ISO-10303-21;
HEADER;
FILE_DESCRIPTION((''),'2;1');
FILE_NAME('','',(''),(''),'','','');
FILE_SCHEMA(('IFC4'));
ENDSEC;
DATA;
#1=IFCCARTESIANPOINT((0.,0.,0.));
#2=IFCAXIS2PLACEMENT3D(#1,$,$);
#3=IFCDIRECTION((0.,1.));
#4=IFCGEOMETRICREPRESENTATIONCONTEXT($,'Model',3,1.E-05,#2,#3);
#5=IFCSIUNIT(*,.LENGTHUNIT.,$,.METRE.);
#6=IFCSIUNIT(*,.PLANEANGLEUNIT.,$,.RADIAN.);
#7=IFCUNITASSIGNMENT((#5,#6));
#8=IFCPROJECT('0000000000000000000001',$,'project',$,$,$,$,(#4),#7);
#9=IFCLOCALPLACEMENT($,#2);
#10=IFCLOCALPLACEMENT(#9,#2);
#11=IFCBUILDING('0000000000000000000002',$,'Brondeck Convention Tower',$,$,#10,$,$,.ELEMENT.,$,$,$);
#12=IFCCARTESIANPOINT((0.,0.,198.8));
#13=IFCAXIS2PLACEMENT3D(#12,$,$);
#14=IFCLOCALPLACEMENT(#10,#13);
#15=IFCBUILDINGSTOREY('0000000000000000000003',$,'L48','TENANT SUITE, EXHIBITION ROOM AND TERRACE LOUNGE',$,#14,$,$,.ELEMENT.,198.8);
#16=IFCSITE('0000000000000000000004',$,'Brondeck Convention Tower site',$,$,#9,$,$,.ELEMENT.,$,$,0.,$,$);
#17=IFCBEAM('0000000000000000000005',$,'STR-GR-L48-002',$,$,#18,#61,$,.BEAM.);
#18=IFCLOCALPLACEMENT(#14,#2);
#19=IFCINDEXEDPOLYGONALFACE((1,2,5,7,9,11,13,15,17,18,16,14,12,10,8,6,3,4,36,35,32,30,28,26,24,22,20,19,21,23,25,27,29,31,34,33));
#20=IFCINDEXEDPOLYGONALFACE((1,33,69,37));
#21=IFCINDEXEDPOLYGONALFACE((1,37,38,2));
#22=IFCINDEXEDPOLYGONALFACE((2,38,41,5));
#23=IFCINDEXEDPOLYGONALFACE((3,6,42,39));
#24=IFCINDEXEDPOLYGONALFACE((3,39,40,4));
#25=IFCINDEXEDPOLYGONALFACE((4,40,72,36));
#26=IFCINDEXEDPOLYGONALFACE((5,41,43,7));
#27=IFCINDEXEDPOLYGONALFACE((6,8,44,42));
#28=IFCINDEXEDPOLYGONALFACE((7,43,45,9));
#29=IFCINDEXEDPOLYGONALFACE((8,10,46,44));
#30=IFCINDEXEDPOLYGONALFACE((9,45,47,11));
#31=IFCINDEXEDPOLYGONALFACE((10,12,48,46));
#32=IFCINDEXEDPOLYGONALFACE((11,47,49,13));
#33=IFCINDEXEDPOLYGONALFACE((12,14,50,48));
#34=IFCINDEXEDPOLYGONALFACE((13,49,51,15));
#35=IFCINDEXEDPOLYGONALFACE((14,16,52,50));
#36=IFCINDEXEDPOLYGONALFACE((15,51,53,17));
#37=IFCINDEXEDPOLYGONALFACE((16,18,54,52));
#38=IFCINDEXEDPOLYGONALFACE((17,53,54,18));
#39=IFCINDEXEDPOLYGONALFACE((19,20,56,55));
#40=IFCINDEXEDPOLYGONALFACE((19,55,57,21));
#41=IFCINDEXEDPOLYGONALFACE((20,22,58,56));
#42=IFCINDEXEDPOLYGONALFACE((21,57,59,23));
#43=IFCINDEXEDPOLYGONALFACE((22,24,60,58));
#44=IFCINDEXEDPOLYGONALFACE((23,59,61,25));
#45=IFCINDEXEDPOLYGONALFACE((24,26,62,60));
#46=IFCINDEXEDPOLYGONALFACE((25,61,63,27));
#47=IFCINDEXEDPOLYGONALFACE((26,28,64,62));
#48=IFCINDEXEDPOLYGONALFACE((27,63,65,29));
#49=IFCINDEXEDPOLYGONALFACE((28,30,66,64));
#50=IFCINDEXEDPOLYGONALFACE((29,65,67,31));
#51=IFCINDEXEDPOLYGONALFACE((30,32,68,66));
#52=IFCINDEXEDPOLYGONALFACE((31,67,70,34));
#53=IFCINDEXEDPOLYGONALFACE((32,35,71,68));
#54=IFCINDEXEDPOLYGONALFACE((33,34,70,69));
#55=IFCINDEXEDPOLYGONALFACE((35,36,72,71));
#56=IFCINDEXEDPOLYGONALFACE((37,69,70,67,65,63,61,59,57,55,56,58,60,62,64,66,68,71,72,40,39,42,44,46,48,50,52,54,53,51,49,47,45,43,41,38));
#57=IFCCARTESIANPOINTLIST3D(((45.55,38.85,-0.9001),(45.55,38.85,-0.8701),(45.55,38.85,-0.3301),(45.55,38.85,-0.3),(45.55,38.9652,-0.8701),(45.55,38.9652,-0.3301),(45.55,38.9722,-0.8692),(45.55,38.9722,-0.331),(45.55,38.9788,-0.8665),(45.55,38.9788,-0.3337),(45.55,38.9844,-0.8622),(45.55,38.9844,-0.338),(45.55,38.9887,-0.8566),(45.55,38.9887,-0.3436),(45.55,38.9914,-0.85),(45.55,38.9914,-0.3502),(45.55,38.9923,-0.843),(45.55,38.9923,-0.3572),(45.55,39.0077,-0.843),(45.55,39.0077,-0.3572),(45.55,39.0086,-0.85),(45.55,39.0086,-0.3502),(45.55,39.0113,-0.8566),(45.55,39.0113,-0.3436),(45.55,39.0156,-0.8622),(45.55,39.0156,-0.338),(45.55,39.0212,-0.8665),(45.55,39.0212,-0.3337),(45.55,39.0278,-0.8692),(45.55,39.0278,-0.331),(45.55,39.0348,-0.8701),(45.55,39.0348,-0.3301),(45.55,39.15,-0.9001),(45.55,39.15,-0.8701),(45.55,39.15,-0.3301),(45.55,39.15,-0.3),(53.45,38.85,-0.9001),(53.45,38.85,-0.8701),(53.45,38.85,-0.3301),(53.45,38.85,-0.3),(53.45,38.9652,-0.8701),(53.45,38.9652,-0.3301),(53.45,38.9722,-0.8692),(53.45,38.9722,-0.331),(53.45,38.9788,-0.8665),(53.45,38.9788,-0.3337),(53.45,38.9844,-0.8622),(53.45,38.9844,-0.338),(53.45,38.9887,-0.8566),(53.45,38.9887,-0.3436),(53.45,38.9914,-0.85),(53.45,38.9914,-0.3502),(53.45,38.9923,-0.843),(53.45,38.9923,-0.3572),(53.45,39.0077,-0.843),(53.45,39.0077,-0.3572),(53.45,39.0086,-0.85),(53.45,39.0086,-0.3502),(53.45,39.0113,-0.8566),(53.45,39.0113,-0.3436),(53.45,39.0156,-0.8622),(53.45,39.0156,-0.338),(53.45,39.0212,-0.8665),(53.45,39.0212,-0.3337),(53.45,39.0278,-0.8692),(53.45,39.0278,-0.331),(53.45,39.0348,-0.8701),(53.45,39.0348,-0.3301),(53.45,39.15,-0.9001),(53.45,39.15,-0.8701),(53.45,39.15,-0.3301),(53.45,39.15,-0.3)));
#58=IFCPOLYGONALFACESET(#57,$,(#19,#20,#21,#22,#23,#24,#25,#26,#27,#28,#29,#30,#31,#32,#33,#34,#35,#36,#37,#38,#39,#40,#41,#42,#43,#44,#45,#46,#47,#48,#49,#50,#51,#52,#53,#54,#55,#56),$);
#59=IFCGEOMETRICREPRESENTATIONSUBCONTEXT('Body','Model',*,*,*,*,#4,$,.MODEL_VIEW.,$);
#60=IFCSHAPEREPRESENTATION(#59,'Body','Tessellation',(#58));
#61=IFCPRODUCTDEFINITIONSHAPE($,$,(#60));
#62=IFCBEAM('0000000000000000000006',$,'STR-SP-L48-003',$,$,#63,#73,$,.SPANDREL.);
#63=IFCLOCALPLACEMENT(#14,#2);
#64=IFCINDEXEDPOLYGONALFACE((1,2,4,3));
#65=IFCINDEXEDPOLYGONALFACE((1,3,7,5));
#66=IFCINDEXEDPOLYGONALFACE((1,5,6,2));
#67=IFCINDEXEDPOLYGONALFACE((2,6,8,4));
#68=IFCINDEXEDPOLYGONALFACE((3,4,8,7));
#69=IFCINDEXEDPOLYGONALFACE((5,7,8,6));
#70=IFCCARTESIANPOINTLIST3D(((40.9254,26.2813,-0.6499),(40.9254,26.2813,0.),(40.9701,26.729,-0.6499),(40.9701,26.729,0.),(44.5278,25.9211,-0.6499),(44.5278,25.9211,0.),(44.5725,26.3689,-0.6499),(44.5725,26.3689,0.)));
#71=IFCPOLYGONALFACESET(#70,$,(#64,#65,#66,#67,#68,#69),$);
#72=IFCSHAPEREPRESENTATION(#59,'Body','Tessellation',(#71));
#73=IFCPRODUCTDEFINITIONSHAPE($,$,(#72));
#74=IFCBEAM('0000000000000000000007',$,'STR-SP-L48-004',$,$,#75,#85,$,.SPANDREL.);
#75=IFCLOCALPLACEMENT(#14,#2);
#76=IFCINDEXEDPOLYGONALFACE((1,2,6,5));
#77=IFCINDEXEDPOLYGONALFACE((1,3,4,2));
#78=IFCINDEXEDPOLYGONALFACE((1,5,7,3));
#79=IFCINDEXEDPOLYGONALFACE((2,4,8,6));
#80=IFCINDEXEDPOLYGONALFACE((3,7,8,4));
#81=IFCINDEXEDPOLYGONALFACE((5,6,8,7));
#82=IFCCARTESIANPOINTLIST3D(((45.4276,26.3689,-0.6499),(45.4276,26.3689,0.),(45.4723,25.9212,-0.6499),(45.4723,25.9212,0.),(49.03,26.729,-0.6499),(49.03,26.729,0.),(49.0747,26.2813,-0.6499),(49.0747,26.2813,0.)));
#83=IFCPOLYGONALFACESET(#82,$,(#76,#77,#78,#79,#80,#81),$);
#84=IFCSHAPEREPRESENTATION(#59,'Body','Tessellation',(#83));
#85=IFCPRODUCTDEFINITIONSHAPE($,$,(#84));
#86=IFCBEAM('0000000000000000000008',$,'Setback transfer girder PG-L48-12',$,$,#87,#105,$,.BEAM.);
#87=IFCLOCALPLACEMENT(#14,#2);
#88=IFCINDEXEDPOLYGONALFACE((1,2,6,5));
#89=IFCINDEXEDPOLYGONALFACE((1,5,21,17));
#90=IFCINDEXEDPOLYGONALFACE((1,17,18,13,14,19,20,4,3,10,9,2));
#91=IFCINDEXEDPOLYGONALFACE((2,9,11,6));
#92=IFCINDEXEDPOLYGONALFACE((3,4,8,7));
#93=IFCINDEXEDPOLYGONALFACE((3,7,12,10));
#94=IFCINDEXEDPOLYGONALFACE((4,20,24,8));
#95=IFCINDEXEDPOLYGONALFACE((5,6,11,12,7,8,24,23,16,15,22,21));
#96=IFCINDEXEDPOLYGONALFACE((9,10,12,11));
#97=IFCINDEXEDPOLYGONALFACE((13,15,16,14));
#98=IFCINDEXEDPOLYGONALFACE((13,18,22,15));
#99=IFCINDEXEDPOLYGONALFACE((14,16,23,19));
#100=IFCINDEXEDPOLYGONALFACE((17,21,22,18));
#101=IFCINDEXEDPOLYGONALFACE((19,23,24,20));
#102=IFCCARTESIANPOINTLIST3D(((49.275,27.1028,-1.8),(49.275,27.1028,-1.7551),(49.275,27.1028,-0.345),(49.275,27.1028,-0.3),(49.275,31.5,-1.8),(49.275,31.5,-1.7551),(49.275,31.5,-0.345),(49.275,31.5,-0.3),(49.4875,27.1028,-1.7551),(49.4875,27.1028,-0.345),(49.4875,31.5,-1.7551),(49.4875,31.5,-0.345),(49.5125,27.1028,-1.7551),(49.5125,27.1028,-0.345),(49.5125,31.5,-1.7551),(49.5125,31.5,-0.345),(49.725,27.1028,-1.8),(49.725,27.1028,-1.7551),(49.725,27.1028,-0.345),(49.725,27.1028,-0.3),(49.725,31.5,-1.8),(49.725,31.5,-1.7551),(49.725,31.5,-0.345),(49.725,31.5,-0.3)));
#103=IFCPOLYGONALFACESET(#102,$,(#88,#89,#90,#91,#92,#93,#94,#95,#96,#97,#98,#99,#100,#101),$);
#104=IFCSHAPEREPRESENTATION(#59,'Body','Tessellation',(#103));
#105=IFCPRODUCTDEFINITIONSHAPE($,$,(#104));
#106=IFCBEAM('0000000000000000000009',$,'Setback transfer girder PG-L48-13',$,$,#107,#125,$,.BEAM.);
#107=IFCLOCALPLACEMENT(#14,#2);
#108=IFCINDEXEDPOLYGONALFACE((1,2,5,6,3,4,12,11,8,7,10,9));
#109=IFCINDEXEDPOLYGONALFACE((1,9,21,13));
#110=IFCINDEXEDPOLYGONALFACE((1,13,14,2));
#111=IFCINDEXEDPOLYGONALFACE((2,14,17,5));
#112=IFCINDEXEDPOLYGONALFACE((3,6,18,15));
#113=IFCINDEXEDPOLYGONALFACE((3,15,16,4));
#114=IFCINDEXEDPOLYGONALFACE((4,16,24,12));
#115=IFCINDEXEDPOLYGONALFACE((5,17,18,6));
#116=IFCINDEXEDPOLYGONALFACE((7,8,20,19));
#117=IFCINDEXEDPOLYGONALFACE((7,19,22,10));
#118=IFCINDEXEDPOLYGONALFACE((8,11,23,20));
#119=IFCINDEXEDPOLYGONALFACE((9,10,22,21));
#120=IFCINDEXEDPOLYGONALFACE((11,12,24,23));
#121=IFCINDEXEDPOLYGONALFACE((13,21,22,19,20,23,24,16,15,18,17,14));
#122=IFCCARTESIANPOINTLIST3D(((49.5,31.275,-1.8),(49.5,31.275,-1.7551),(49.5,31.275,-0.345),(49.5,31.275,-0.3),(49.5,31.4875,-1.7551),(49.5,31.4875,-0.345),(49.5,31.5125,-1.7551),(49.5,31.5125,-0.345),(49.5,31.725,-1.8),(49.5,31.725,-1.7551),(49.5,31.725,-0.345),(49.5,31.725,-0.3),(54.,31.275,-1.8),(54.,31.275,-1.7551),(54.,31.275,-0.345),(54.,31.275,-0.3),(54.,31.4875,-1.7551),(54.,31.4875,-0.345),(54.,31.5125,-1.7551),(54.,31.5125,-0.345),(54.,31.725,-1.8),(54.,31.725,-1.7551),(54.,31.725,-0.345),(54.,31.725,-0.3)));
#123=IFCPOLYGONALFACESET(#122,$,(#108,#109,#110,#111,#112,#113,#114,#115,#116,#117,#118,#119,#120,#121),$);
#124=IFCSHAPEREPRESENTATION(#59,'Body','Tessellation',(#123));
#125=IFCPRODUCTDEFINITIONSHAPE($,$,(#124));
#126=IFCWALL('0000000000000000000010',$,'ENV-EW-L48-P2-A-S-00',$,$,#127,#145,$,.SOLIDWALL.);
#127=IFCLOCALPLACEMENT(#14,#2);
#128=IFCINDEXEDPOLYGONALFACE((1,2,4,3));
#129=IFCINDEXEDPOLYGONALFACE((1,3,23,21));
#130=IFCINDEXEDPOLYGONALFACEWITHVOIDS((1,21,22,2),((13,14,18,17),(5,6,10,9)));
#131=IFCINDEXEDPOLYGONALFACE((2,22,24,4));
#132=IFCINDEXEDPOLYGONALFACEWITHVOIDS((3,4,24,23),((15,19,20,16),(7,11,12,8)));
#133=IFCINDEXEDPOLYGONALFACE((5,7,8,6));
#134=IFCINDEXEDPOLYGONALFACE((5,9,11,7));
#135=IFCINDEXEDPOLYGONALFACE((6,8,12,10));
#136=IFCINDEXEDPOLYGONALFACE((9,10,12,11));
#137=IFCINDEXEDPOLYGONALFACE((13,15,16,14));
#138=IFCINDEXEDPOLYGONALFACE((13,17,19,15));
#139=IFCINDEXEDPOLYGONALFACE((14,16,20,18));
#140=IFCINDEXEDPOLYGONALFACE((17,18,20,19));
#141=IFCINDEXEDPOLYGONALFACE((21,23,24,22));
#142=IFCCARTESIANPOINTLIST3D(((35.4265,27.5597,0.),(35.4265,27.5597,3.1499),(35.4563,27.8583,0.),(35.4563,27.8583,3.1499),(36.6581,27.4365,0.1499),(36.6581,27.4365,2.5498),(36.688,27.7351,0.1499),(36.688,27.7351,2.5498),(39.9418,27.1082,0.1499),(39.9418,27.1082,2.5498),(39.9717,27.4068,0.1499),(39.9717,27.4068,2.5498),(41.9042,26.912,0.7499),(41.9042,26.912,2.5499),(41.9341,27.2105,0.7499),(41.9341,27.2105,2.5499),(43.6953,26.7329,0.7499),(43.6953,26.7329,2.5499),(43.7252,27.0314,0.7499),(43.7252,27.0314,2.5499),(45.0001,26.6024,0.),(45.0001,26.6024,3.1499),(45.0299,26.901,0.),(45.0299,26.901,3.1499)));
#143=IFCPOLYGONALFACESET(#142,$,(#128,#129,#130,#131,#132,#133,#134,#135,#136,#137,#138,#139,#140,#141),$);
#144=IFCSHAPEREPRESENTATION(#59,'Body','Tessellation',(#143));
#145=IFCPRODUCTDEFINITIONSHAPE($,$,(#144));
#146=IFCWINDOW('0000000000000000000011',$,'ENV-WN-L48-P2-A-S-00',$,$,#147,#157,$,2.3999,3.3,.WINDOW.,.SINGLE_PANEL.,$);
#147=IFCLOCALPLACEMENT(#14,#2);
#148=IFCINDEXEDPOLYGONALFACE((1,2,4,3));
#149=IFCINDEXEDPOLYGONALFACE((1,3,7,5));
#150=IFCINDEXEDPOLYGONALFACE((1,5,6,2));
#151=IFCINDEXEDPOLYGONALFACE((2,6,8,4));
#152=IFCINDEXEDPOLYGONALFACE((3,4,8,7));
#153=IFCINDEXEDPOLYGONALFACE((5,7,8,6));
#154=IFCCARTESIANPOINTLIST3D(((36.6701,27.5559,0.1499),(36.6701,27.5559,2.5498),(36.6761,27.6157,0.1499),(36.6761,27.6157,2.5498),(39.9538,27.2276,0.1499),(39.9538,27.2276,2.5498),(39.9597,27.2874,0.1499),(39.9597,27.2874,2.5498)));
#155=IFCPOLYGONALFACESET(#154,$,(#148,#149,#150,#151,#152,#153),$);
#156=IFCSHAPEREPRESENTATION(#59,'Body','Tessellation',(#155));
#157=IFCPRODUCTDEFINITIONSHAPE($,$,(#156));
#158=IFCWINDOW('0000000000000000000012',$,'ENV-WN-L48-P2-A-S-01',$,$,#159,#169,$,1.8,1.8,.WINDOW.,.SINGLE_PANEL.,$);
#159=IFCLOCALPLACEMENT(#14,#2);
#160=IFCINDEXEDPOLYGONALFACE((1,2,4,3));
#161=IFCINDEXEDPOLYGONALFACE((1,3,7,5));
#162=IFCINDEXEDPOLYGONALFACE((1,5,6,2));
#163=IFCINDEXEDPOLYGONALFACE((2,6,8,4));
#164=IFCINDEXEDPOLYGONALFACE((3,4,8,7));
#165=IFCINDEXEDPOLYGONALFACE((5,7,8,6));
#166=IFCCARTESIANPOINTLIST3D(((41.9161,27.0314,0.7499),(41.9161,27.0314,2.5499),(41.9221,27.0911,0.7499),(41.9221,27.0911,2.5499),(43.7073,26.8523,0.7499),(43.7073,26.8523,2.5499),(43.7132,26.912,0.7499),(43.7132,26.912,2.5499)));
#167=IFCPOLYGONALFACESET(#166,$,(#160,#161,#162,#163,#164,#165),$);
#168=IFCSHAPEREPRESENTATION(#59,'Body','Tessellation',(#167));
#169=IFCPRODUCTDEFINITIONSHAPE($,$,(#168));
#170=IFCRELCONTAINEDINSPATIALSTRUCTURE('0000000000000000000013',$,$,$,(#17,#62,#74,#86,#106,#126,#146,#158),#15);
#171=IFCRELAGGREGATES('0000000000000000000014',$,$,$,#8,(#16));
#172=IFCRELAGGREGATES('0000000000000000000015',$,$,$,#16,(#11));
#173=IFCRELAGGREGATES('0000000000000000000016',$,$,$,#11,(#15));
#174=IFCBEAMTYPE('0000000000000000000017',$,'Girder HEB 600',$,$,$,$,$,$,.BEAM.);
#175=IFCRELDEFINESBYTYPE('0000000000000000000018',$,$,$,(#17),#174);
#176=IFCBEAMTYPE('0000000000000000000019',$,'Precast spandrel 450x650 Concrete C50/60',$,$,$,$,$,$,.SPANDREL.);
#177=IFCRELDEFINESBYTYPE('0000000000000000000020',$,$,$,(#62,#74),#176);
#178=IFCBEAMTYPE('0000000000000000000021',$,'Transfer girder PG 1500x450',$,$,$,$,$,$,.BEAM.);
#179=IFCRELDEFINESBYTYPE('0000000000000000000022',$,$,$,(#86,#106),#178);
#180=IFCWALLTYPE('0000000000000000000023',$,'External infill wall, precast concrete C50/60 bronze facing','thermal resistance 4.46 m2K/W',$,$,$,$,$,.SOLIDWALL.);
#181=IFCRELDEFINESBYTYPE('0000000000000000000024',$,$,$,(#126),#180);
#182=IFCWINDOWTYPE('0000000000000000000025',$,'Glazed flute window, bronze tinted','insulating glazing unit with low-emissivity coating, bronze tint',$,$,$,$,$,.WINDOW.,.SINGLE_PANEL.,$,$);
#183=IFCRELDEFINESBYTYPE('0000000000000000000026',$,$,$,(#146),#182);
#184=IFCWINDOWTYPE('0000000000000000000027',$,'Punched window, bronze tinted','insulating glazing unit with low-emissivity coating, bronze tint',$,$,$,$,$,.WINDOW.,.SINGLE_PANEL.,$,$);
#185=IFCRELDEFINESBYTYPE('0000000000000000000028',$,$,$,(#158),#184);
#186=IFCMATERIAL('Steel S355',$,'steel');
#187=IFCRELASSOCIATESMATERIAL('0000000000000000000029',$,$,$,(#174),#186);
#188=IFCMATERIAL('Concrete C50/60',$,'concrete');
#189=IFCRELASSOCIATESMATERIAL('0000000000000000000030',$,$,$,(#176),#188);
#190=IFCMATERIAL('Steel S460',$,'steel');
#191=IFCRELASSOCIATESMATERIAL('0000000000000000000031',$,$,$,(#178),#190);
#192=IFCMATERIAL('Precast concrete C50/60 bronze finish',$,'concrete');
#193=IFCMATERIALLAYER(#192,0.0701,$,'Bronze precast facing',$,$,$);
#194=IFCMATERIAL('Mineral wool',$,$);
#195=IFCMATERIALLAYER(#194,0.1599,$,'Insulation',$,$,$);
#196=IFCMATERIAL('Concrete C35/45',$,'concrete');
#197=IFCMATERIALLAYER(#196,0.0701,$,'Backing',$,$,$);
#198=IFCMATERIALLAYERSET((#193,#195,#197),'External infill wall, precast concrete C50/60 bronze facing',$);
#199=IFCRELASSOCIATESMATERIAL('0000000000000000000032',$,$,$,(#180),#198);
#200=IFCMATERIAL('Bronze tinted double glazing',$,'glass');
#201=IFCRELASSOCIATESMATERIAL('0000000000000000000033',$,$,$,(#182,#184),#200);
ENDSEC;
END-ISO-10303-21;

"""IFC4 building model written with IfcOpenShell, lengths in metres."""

from ifc_helpers import new_model, si_unit, direction, frame, frame_2d, origin, origin_2d, place, context, subcontext, project, spatial, rectangle, i_section, extrude, material, layer, layer_set, material_profile, profile_set, type_object, element, fill, save


model = new_model("IFC4")

# Units and contexts
model_context = context("Model", 3, precision=1e-05, world=origin(), true_north=direction((0.0, 1.0)))
body_context = subcontext(model_context, "Body", "Model", "MODEL_VIEW")
ifc_project = project(units=[si_unit("LENGTHUNIT", "METRE"), si_unit("PLANEANGLEUNIT", "RADIAN")], contexts=[model_context])

# Site, building, storey
site_placement = place(None, origin())
site = spatial("IfcSite", under=ifc_project, at=site_placement, Name="Brondeck Convention Tower site", CompositionType="ELEMENT", RefElevation=0.0)
building_placement = place(site_placement, origin())
building = spatial("IfcBuilding", under=site, at=building_placement, Name="Brondeck Convention Tower", CompositionType="ELEMENT")
storey_placement = place(building_placement, frame((0.0, 0.0, 198.8)))
storey = spatial("IfcBuildingStorey", under=building, at=storey_placement, Name="L48", Description="TENANT SUITE, EXHIBITION ROOM AND TERRACE LOUNGE", CompositionType="ELEMENT", Elevation=198.8)

# Shared definitions
ifc_material_1 = material(Name="Concrete C50/60", Category="concrete")

# Beams
ifc_material_2 = material(Name="Steel S355", Category="steel")
ifc_material_profile_1 = material_profile(ifc_material_2, i_section(OverallWidth=0.3, OverallDepth=0.6001, WebThickness=0.0154, FlangeThickness=0.03, FilletRadius=0.0271, at=origin_2d()), Name="HEB 600")
ifc_profile_set_1 = profile_set([ifc_material_profile_1], Name="Steel S355")
beam_type_1 = type_object("IfcBeamType", Name="Girder HEB 600", PredefinedType="BEAM", material=ifc_profile_set_1)
beam_1_placement = place(storey_placement, frame((45.55, 39.0, -0.6001), z_axis=(1.0, 0.0, 0.0), x_axis=(0.0, 1.0, 0.0)))
element("IfcBeam", 1, at=beam_1_placement, inside=storey, type_object=beam_type_1, Name="STR-GR-L48-002", PredefinedType="BEAM", context=body_context, shape_type="SweptSolid", body=[
    extrude(i_section(OverallWidth=0.3, OverallDepth=0.6001, WebThickness=0.0154, FlangeThickness=0.03, FilletRadius=0.0271, at=origin_2d()), origin(), (0.0, 0.0, 1.0), 7.8999),
])
ifc_material_profile_2 = material_profile(ifc_material_1, rectangle(XDim=0.45, YDim=0.6499, at=origin_2d()), Name="Precast spandrel 450x650 Concrete C50/60")
ifc_profile_set_2 = profile_set([ifc_material_profile_2], Name="Concrete C50/60")
beam_type_2 = type_object("IfcBeamType", Name="Precast spandrel 450x650 Concrete C50/60", PredefinedType="SPANDREL", material=ifc_profile_set_2)
for number, where, z_axis, x_axis, name in (
    (2, (40.9478, 26.5051, -0.325), (0.995041, -0.09947, 0.0), (0.09947, 0.995041, 0.0), "STR-SP-L48-003"),
    (3, (45.45, 26.145, -0.325), (0.995041, 0.09947, 0.0), (-0.09947, 0.995041, 0.0), "STR-SP-L48-004"),
):
    element("IfcBeam", number, at=place(storey_placement, frame(where, z_axis=z_axis, x_axis=x_axis)), inside=storey, type_object=beam_type_2, Name=name, PredefinedType="SPANDREL", context=body_context, shape_type="SweptSolid", body=[
        extrude(rectangle(XDim=0.45, YDim=0.6499, at=origin_2d()), origin(), (0.0, 0.0, 1.0), 3.6204),
    ])
ifc_material_3 = material(Name="Steel S460", Category="steel")
ifc_material_profile_3 = material_profile(ifc_material_3, i_section(OverallWidth=0.45, OverallDepth=1.5, WebThickness=0.0249, FlangeThickness=0.0449, at=origin_2d()), Name="PG 1500x450")
ifc_profile_set_3 = profile_set([ifc_material_profile_3], Name="Steel S460")
beam_type_3 = type_object("IfcBeamType", Name="Transfer girder PG 1500x450", PredefinedType="BEAM", material=ifc_profile_set_3)
beam_2_placement = place(storey_placement, frame((49.5, 27.1028, -1.05), z_axis=(0.0, 1.0, 0.0), x_axis=(-1.0, 0.0, 0.0)))
element("IfcBeam", 4, at=beam_2_placement, inside=storey, type_object=beam_type_3, Name="Setback transfer girder PG-L48-12", PredefinedType="BEAM", context=body_context, shape_type="SweptSolid", body=[
    extrude(i_section(OverallWidth=0.45, OverallDepth=1.5, WebThickness=0.0249, FlangeThickness=0.0449, at=origin_2d()), origin(), (0.0, 0.0, 1.0), 4.3972),
])
beam_3_placement = place(storey_placement, frame((49.5, 31.5, -1.05), z_axis=(1.0, 0.0, 0.0), x_axis=(0.0, 1.0, 0.0)))
element("IfcBeam", 5, at=beam_3_placement, inside=storey, type_object=beam_type_3, Name="Setback transfer girder PG-L48-13", PredefinedType="BEAM", context=body_context, shape_type="SweptSolid", body=[
    extrude(i_section(OverallWidth=0.45, OverallDepth=1.5, WebThickness=0.0249, FlangeThickness=0.0449, at=origin_2d()), origin(), (0.0, 0.0, 1.0), 4.5),
])

# Wall, openings, windows
ifc_material_4 = material(Name="Precast concrete C50/60 bronze finish", Category="concrete")
ifc_layer_1 = layer(ifc_material_4, 0.0701, Name="Bronze precast facing")
ifc_material_5 = material(Name="Mineral wool")
ifc_layer_2 = layer(ifc_material_5, 0.1599, Name="Insulation")
ifc_material_6 = material(Name="Concrete C35/45", Category="concrete")
ifc_layer_3 = layer(ifc_material_6, 0.0701, Name="Backing")
ifc_layer_set_1 = layer_set([ifc_layer_1, ifc_layer_2, ifc_layer_3], Name="External infill wall, precast concrete C50/60 bronze facing")
wall_type_1 = type_object("IfcWallType", Name="External infill wall, precast concrete C50/60 bronze facing", Description="thermal resistance 4.46 m2K/W", PredefinedType="SOLIDWALL", material=ifc_layer_set_1)
wall_1_placement = place(storey_placement, frame((45.0149, 26.7517, 0.0), z_axis=(0.0, 0.0, 1.0), x_axis=(-0.995038, 0.099496, 0.0)))
wall_1 = element("IfcWall", 6, at=wall_1_placement, inside=storey, type_object=wall_type_1, Name="ENV-EW-L48-P2-A-S-00", PredefinedType="SOLIDWALL", context=body_context, shape_type="SweptSolid", body=[
    extrude(rectangle(XDim=9.6213, YDim=0.3, at=frame_2d((4.8105, 0.0))), origin(), (0.0, 0.0, 1.0), 3.1499),
])
opening_1_placement = place(wall_1_placement, frame((1.3113, 0.0, 0.75)))
opening_1 = element("IfcOpeningElement", 7, at=opening_1_placement, cuts=wall_1, PredefinedType="OPENING", context=body_context, shape_type="SweptSolid", body=[
    extrude(rectangle(XDim=1.8, YDim=1.8, at=frame_2d((0.8999, 0.8999))), frame((0.0, 0.1599, 0.0), z_axis=(0.0, -1.0, 0.0), x_axis=(1.0, 0.0, 0.0)), (0.0, 0.0, 1.0), 0.3201),
])
opening_2_placement = place(wall_1_placement, frame((5.0835, 0.0, 0.1499)))
opening_2 = element("IfcOpeningElement", 8, at=opening_2_placement, cuts=wall_1, PredefinedType="OPENING", context=body_context, shape_type="SweptSolid", body=[
    extrude(rectangle(XDim=3.3, YDim=2.3999, at=frame_2d((1.6499, 1.2))), frame((0.0, 0.1599, 0.0), z_axis=(0.0, -1.0, 0.0), x_axis=(1.0, 0.0, 0.0)), (0.0, 0.0, 1.0), 0.3201),
])
ifc_material_7 = material(Name="Bronze tinted double glazing", Category="glass")
window_type_1 = type_object("IfcWindowType", Name="Glazed flute window, bronze tinted", Description="insulating glazing unit with low-emissivity coating, bronze tint", PartitioningType="SINGLE_PANEL", PredefinedType="WINDOW", material=ifc_material_7)
window_1_placement = place(opening_2_placement, origin())
window_1 = element("IfcWindow", 9, at=window_1_placement, inside=storey, type_object=window_type_1, Name="ENV-WN-L48-P2-A-S-00", OverallHeight=2.3999, OverallWidth=3.3, PartitioningType="SINGLE_PANEL", PredefinedType="WINDOW", context=body_context, shape_type="SweptSolid", body=[
    extrude(rectangle(XDim=3.3, YDim=2.3999, at=frame_2d((1.6499, 1.2))), frame((0.0, 0.03, 0.0), z_axis=(0.0, -1.0, 0.0), x_axis=(1.0, 0.0, 0.0)), (0.0, 0.0, 1.0), 0.0601),
])
fill(opening_2, window_1)
window_type_2 = type_object("IfcWindowType", Name="Punched window, bronze tinted", Description="insulating glazing unit with low-emissivity coating, bronze tint", PartitioningType="SINGLE_PANEL", PredefinedType="WINDOW", material=ifc_material_7)
window_2_placement = place(opening_1_placement, origin())
window_2 = element("IfcWindow", 10, at=window_2_placement, inside=storey, type_object=window_type_2, Name="ENV-WN-L48-P2-A-S-01", OverallHeight=1.8, OverallWidth=1.8, PartitioningType="SINGLE_PANEL", PredefinedType="WINDOW", context=body_context, shape_type="SweptSolid", body=[
    extrude(rectangle(XDim=1.8, YDim=1.8, at=frame_2d((0.8999, 0.8999))), frame((0.0, 0.03, 0.0), z_axis=(0.0, -1.0, 0.0), x_axis=(1.0, 0.0, 0.0)), (0.0, 0.0, 1.0), 0.0601),
])
fill(opening_1, window_2)

save(model, "model.ifc")
